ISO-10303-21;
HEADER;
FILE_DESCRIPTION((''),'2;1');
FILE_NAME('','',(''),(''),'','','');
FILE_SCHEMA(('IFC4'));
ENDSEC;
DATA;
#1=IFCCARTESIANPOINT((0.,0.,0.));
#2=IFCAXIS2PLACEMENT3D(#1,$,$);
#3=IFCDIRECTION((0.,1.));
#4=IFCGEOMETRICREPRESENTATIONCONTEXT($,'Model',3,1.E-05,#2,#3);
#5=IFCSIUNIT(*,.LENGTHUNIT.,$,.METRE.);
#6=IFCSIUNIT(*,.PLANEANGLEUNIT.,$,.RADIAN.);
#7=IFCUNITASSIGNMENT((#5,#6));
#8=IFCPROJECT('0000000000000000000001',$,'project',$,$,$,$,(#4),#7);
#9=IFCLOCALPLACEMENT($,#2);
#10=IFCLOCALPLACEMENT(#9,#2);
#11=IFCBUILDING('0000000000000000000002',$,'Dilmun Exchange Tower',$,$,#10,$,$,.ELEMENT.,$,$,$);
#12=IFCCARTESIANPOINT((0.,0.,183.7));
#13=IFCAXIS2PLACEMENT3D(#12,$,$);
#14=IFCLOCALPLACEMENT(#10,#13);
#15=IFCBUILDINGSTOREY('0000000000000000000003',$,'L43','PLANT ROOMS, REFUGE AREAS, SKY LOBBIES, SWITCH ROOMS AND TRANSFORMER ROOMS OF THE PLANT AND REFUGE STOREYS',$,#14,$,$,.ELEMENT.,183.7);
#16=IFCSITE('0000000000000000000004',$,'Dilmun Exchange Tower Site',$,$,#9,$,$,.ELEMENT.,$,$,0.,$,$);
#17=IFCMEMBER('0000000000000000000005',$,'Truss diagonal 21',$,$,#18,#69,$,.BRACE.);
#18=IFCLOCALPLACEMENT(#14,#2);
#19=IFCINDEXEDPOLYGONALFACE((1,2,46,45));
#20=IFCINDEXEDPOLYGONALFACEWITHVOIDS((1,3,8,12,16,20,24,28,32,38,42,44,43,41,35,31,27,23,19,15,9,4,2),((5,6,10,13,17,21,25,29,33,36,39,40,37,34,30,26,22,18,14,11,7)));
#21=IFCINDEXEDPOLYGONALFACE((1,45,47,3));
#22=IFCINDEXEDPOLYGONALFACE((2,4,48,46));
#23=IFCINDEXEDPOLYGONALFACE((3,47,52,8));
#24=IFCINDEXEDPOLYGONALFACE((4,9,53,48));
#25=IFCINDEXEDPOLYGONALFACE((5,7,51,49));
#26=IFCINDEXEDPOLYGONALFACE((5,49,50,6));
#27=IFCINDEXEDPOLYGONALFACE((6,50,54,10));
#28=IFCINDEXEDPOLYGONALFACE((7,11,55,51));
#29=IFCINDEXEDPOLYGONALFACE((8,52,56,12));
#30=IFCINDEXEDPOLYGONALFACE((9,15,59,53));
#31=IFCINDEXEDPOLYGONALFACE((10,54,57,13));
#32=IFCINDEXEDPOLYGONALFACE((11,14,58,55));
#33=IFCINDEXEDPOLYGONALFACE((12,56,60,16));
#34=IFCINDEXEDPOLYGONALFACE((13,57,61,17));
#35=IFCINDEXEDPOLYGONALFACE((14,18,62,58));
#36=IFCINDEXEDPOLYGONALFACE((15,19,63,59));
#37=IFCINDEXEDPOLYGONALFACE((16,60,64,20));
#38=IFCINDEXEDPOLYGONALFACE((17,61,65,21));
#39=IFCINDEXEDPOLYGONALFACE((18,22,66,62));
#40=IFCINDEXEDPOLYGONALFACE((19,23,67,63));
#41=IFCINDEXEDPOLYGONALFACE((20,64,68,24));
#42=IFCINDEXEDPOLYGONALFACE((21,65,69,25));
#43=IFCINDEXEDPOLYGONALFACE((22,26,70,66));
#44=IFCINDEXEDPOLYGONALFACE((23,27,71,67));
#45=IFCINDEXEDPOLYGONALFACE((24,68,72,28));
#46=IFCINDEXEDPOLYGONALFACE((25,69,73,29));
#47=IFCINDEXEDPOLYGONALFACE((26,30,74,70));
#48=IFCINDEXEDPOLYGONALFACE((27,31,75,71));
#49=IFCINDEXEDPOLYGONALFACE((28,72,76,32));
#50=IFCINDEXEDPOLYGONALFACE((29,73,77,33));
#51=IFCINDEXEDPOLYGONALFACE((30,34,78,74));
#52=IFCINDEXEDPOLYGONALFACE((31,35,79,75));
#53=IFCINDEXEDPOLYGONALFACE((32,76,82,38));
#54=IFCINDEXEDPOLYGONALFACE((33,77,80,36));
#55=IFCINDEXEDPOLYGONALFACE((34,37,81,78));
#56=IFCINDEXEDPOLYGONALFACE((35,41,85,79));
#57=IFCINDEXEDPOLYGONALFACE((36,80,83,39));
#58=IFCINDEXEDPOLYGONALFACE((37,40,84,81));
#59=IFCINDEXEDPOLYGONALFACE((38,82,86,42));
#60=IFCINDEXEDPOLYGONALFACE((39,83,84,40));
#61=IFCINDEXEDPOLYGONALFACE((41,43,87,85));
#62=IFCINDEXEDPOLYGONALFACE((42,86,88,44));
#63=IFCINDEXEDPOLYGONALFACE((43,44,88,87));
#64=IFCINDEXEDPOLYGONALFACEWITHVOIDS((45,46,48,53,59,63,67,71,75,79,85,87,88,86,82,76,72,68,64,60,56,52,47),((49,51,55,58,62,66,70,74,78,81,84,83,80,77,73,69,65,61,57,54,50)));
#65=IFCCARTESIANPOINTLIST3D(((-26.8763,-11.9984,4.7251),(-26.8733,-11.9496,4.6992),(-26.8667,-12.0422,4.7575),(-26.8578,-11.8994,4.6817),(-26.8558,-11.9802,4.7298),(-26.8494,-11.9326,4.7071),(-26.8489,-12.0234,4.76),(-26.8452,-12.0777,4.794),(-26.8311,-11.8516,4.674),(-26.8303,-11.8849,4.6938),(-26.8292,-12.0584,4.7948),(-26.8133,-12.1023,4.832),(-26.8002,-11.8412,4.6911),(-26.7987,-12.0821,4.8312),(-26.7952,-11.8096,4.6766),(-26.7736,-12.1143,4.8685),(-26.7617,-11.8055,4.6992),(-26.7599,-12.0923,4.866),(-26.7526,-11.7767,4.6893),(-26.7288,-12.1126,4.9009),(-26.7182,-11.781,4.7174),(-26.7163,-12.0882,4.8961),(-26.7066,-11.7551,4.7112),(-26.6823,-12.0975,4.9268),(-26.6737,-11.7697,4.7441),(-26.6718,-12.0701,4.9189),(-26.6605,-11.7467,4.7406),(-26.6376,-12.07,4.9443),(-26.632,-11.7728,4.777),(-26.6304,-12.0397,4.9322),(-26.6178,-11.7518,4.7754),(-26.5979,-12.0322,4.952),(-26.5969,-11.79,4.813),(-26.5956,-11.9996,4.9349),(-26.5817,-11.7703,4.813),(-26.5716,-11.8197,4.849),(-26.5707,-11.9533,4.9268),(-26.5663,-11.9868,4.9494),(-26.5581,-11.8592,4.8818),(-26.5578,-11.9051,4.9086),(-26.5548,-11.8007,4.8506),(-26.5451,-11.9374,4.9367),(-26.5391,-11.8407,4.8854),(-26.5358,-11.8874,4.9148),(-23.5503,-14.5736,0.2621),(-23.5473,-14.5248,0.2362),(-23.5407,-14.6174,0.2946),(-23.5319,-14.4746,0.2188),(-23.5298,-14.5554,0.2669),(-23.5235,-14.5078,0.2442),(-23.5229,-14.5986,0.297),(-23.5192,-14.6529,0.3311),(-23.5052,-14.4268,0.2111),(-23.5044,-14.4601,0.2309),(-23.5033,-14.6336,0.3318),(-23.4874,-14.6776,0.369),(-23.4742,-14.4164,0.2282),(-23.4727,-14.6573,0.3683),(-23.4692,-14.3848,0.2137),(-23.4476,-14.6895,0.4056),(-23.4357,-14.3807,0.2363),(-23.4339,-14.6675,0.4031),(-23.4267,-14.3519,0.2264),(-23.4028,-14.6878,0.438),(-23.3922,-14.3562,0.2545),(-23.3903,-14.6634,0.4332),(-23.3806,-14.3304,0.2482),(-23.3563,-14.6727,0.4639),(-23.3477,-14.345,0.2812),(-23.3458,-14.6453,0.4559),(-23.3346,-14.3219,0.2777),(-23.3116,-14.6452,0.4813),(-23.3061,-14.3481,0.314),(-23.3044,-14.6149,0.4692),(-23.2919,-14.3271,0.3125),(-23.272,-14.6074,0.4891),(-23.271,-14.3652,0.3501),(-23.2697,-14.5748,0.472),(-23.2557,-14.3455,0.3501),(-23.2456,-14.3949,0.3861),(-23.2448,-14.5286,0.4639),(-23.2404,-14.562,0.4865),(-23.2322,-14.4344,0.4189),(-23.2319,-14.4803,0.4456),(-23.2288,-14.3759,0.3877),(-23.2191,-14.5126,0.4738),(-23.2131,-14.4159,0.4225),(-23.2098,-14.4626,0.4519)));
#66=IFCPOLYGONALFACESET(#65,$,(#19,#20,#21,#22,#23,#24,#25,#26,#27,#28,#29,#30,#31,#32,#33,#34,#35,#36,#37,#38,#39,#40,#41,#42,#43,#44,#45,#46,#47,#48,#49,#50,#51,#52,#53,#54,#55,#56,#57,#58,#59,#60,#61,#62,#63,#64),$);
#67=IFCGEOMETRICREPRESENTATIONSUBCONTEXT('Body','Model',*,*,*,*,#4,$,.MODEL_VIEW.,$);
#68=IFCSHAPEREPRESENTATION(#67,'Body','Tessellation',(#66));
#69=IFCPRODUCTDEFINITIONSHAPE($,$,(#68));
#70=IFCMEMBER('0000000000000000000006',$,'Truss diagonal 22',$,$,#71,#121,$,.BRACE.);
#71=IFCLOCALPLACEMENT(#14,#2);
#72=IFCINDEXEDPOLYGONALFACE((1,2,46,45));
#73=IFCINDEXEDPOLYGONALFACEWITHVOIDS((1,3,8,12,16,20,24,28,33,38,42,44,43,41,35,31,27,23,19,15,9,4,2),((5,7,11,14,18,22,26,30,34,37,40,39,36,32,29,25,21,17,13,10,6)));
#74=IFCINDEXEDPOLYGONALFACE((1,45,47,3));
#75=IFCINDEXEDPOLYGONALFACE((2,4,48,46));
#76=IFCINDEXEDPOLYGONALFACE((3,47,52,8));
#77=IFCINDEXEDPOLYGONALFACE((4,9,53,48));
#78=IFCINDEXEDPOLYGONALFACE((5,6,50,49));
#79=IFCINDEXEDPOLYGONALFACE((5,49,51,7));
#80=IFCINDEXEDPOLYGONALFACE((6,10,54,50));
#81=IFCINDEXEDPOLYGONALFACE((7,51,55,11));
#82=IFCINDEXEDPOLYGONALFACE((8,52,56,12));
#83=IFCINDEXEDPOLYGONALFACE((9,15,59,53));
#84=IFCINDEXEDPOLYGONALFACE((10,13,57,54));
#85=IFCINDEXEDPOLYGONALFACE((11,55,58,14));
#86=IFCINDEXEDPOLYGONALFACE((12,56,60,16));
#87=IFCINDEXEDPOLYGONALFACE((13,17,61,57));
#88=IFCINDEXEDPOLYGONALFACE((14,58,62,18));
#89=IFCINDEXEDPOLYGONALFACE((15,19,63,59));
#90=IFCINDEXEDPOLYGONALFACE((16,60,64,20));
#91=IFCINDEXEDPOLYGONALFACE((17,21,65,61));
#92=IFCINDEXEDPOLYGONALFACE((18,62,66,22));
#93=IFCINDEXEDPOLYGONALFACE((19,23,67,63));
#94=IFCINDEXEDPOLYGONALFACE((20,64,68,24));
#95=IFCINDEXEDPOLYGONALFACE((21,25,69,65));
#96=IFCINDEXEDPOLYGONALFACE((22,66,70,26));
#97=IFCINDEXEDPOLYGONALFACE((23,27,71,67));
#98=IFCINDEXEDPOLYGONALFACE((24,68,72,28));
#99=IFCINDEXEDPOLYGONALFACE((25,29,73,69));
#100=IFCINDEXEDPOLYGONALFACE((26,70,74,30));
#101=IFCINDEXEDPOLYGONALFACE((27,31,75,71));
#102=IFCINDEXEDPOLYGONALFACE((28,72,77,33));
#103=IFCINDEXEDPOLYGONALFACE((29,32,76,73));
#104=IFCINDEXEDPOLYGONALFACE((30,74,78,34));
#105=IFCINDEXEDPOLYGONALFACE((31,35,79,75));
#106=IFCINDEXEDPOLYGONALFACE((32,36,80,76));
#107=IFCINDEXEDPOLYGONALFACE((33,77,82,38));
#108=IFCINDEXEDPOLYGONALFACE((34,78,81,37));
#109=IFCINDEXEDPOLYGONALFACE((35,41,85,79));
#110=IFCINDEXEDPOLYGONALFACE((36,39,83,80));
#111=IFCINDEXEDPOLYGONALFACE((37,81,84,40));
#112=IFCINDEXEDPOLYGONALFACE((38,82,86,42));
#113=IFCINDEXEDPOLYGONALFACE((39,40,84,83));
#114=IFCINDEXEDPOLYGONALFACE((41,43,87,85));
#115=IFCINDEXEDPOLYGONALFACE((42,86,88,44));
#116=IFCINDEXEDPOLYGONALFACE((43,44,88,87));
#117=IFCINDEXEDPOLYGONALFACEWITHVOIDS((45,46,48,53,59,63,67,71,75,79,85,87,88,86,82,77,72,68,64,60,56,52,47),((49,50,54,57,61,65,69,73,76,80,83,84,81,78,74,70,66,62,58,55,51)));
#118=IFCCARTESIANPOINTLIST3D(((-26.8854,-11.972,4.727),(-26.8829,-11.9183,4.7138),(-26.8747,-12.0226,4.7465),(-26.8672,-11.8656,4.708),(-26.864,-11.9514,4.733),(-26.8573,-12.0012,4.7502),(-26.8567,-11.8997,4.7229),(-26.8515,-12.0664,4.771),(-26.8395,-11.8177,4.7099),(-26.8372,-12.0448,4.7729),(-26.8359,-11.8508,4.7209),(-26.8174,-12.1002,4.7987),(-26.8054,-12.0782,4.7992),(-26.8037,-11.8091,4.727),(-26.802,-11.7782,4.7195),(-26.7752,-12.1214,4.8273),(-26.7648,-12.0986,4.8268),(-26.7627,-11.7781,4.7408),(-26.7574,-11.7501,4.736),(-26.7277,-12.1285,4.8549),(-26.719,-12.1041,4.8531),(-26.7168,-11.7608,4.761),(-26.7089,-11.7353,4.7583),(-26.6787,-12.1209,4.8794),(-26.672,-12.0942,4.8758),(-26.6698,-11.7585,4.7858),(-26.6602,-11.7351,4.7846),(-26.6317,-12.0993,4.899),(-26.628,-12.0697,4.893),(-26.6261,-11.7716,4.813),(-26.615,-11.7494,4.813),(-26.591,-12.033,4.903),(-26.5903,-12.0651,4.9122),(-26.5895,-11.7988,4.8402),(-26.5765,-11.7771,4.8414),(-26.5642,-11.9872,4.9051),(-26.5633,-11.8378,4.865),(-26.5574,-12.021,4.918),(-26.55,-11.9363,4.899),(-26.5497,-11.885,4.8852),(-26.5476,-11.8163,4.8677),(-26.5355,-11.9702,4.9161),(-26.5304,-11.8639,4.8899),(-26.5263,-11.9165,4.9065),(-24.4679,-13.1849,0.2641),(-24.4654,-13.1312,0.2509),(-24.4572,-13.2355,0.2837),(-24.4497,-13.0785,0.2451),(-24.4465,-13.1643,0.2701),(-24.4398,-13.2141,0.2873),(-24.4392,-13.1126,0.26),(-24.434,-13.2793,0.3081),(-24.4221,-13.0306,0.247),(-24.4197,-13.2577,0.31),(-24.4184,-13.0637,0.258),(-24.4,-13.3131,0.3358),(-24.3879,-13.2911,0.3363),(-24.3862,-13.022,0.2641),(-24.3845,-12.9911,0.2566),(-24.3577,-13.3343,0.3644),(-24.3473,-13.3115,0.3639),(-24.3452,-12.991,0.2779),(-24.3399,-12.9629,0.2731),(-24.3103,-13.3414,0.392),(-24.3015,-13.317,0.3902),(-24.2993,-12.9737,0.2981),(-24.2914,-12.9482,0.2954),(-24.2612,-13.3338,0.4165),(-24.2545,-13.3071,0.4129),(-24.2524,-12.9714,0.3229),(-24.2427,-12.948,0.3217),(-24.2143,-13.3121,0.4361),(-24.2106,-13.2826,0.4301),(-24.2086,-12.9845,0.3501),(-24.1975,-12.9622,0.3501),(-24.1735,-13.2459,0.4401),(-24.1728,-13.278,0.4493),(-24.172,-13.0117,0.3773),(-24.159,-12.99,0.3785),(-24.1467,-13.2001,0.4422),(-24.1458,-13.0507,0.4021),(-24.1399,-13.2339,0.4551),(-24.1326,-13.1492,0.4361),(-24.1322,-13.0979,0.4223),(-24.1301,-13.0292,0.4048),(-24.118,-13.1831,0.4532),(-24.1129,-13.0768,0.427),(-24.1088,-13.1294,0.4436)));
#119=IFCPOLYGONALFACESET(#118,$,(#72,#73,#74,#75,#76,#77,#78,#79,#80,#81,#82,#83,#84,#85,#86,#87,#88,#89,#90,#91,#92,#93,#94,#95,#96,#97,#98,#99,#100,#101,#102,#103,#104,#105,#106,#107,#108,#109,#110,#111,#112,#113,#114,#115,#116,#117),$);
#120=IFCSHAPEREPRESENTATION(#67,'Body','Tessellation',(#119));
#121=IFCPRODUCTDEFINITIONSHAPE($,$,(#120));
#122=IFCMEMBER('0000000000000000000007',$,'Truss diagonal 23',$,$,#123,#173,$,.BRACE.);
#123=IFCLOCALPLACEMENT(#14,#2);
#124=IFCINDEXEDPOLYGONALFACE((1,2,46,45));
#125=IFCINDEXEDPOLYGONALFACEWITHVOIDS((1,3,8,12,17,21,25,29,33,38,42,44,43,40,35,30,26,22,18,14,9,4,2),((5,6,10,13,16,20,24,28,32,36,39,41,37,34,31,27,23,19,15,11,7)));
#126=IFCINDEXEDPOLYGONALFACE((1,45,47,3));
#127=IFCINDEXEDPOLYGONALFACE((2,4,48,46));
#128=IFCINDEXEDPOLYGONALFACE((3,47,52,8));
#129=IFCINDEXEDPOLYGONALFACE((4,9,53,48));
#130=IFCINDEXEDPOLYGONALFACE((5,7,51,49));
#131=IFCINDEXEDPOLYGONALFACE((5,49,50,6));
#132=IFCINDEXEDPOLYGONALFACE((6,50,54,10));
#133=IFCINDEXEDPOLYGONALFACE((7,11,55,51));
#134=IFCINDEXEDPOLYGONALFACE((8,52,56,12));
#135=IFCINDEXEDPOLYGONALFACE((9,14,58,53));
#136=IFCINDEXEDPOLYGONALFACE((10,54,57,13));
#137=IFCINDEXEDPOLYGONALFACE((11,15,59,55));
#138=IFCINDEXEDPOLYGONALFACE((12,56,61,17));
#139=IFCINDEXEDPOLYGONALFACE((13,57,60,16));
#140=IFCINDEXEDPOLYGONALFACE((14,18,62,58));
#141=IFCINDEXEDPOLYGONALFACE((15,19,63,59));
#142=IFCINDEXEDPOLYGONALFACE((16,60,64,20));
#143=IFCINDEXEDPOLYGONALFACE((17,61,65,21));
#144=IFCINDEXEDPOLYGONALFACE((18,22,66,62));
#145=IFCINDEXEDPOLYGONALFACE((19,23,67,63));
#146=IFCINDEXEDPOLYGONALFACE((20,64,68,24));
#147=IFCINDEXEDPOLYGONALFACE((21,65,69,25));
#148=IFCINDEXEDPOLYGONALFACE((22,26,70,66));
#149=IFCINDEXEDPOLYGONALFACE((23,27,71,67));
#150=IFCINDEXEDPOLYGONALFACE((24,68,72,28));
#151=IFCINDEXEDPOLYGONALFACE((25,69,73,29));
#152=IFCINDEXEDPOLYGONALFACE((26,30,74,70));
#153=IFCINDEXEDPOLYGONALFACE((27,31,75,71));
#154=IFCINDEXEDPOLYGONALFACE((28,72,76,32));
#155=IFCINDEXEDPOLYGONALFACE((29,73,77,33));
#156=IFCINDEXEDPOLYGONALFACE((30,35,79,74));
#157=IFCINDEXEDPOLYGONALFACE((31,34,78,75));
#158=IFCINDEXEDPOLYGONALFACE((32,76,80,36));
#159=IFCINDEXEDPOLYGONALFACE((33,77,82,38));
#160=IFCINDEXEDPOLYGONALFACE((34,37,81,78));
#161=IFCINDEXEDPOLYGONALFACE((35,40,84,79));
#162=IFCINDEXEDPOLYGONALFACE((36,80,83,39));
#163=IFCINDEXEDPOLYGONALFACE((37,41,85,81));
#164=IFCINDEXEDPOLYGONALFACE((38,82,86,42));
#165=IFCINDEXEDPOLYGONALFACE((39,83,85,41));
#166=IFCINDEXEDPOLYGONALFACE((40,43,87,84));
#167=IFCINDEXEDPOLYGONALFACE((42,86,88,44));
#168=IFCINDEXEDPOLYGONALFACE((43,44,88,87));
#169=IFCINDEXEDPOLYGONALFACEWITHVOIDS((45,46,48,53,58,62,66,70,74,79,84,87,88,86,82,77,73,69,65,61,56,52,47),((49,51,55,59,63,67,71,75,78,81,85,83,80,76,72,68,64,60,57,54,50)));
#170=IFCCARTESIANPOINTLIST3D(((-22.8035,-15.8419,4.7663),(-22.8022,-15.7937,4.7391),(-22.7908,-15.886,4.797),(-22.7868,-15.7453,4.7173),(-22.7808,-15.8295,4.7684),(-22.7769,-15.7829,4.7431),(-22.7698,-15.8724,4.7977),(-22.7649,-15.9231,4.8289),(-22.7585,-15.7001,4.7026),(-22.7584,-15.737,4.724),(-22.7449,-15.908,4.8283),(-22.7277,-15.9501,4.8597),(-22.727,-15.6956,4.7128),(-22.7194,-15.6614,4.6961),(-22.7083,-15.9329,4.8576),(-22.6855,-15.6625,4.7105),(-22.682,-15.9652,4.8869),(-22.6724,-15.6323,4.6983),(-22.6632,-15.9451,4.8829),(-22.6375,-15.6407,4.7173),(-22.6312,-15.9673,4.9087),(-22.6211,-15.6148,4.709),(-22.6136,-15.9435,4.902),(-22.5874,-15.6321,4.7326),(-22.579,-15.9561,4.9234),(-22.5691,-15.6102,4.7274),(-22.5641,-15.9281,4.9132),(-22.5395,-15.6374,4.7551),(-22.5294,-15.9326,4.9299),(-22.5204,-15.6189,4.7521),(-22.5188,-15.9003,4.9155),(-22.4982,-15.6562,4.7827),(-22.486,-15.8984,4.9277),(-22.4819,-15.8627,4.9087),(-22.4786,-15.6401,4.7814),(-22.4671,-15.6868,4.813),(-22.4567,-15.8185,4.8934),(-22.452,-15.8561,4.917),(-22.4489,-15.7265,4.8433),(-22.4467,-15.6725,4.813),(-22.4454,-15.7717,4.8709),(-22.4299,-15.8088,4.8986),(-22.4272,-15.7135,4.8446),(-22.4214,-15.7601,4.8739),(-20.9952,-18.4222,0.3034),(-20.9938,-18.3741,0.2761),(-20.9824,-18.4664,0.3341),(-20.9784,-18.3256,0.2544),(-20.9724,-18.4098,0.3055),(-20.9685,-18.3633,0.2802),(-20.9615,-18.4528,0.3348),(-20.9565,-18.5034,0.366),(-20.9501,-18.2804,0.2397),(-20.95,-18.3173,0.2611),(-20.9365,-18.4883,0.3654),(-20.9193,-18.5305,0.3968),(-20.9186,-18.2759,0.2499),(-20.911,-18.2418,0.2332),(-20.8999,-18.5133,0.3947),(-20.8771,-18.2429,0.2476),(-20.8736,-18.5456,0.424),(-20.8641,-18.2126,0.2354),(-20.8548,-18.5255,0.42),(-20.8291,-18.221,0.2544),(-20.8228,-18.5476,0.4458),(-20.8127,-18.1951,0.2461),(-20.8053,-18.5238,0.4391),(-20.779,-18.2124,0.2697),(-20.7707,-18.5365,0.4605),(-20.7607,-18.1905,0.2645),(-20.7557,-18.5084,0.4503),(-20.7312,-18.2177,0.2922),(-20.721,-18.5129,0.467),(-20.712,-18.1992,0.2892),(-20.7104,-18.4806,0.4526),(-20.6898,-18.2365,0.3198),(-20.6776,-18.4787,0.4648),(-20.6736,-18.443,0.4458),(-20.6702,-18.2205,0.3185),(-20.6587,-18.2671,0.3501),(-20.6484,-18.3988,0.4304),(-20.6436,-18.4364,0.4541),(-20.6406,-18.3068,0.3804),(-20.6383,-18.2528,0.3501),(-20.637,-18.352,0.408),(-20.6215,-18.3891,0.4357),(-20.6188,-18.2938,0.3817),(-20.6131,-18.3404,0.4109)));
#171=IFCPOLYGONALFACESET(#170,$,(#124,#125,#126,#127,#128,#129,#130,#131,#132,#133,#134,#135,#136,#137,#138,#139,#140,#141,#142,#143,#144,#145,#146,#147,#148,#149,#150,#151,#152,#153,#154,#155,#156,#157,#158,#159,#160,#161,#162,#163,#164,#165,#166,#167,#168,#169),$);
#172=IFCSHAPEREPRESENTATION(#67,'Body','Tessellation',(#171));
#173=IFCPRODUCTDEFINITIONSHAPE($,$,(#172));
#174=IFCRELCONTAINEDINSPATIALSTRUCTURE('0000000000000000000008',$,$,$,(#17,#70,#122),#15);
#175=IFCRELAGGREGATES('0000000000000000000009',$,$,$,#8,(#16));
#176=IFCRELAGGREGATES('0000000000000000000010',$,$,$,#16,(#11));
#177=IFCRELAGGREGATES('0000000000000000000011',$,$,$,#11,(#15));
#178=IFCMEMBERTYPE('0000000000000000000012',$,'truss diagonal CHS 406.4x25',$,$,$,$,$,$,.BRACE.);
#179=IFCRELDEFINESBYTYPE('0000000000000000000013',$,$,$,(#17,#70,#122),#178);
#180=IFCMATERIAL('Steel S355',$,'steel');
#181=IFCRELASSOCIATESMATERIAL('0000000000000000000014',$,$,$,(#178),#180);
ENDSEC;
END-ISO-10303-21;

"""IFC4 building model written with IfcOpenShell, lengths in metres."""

from ifc_helpers import new_model, si_unit, direction, frame, origin, origin_2d, place, context, subcontext, project, spatial, hollow_circle, extrude, material, material_profile, profile_set, type_object, element, save


model = new_model("IFC4")

# Units and contexts
model_context = context("Model", 3, precision=1e-05, world=origin(), true_north=direction((0.0, 1.0)))
body_context = subcontext(model_context, "Body", "Model", "MODEL_VIEW")
ifc_project = project(units=[si_unit("LENGTHUNIT", "METRE"), si_unit("PLANEANGLEUNIT", "RADIAN")], contexts=[model_context])

# Site, building, storey
site_placement = place(None, origin())
site = spatial("IfcSite", under=ifc_project, at=site_placement, Name="Dilmun Exchange Tower Site", CompositionType="ELEMENT", RefElevation=0.0)
building_placement = place(site_placement, origin())
building = spatial("IfcBuilding", under=site, at=building_placement, Name="Dilmun Exchange Tower", CompositionType="ELEMENT")
storey_placement = place(building_placement, frame((0.0, 0.0, 183.7)))
storey = spatial("IfcBuildingStorey", under=building, at=storey_placement, Name="L43", Description="PLANT ROOMS, REFUGE AREAS, SKY LOBBIES, SWITCH ROOMS AND TRANSFORMER ROOMS OF THE PLANT AND REFUGE STOREYS", CompositionType="ELEMENT", Elevation=183.7)

# Shared definitions
ifc_material_1 = material(Name="Steel S355", Category="steel")

# Members
ifc_material_profile_1 = material_profile(ifc_material_1, hollow_circle(Radius=0.2031, WallThickness=0.0249, at=origin_2d()), Name="CHS 406.4x25")
ifc_profile_set_1 = profile_set([ifc_material_profile_1], Name="Steel S355")
member_type = type_object("IfcMemberType", Name="truss diagonal CHS 406.4x25", PredefinedType="BRACE", material=ifc_profile_set_1)
member_1_placement = place(storey_placement, frame((-26.7061, -11.9309, 4.813), z_axis=(0.542321, -0.419908, -0.727713), x_axis=(0.612215, 0.790691, 0.0)))
element("IfcMember", 1, at=member_1_placement, inside=storey, type_object=member_type, Name="Truss diagonal 21", PredefinedType="BRACE", context=body_context, shape_type="SweptSolid", body=[
    extrude(hollow_circle(Radius=0.2031, WallThickness=0.0249, at=origin_2d()), origin(), (0.0, 0.0, 1.0), 6.1328),
])
member_2_placement = place(storey_placement, frame((-26.7061, -11.9309, 4.813), z_axis=(0.463252, -0.232421, -0.855206), x_axis=(0.448441, 0.893813, 0.0)))
element("IfcMember", 2, at=member_2_placement, inside=storey, type_object=member_type, Name="Truss diagonal 22", PredefinedType="BRACE", context=body_context, shape_type="SweptSolid", body=[
    extrude(hollow_circle(Radius=0.2031, WallThickness=0.0249, at=origin_2d()), origin(), (0.0, 0.0, 1.0), 5.2185),
])
member_3_placement = place(storey_placement, frame((-22.613, -15.7891, 4.813), z_axis=(0.331011, -0.472317, -0.816914), x_axis=(0.818915, 0.573915, 0.0)))
element("IfcMember", 3, at=member_3_placement, inside=storey, type_object=member_type, Name="Truss diagonal 23", PredefinedType="BRACE", context=body_context, shape_type="SweptSolid", body=[
    extrude(hollow_circle(Radius=0.2031, WallThickness=0.0249, at=origin_2d()), origin(), (0.0, 0.0, 1.0), 5.4631),
])

save(model, "model.ifc")
